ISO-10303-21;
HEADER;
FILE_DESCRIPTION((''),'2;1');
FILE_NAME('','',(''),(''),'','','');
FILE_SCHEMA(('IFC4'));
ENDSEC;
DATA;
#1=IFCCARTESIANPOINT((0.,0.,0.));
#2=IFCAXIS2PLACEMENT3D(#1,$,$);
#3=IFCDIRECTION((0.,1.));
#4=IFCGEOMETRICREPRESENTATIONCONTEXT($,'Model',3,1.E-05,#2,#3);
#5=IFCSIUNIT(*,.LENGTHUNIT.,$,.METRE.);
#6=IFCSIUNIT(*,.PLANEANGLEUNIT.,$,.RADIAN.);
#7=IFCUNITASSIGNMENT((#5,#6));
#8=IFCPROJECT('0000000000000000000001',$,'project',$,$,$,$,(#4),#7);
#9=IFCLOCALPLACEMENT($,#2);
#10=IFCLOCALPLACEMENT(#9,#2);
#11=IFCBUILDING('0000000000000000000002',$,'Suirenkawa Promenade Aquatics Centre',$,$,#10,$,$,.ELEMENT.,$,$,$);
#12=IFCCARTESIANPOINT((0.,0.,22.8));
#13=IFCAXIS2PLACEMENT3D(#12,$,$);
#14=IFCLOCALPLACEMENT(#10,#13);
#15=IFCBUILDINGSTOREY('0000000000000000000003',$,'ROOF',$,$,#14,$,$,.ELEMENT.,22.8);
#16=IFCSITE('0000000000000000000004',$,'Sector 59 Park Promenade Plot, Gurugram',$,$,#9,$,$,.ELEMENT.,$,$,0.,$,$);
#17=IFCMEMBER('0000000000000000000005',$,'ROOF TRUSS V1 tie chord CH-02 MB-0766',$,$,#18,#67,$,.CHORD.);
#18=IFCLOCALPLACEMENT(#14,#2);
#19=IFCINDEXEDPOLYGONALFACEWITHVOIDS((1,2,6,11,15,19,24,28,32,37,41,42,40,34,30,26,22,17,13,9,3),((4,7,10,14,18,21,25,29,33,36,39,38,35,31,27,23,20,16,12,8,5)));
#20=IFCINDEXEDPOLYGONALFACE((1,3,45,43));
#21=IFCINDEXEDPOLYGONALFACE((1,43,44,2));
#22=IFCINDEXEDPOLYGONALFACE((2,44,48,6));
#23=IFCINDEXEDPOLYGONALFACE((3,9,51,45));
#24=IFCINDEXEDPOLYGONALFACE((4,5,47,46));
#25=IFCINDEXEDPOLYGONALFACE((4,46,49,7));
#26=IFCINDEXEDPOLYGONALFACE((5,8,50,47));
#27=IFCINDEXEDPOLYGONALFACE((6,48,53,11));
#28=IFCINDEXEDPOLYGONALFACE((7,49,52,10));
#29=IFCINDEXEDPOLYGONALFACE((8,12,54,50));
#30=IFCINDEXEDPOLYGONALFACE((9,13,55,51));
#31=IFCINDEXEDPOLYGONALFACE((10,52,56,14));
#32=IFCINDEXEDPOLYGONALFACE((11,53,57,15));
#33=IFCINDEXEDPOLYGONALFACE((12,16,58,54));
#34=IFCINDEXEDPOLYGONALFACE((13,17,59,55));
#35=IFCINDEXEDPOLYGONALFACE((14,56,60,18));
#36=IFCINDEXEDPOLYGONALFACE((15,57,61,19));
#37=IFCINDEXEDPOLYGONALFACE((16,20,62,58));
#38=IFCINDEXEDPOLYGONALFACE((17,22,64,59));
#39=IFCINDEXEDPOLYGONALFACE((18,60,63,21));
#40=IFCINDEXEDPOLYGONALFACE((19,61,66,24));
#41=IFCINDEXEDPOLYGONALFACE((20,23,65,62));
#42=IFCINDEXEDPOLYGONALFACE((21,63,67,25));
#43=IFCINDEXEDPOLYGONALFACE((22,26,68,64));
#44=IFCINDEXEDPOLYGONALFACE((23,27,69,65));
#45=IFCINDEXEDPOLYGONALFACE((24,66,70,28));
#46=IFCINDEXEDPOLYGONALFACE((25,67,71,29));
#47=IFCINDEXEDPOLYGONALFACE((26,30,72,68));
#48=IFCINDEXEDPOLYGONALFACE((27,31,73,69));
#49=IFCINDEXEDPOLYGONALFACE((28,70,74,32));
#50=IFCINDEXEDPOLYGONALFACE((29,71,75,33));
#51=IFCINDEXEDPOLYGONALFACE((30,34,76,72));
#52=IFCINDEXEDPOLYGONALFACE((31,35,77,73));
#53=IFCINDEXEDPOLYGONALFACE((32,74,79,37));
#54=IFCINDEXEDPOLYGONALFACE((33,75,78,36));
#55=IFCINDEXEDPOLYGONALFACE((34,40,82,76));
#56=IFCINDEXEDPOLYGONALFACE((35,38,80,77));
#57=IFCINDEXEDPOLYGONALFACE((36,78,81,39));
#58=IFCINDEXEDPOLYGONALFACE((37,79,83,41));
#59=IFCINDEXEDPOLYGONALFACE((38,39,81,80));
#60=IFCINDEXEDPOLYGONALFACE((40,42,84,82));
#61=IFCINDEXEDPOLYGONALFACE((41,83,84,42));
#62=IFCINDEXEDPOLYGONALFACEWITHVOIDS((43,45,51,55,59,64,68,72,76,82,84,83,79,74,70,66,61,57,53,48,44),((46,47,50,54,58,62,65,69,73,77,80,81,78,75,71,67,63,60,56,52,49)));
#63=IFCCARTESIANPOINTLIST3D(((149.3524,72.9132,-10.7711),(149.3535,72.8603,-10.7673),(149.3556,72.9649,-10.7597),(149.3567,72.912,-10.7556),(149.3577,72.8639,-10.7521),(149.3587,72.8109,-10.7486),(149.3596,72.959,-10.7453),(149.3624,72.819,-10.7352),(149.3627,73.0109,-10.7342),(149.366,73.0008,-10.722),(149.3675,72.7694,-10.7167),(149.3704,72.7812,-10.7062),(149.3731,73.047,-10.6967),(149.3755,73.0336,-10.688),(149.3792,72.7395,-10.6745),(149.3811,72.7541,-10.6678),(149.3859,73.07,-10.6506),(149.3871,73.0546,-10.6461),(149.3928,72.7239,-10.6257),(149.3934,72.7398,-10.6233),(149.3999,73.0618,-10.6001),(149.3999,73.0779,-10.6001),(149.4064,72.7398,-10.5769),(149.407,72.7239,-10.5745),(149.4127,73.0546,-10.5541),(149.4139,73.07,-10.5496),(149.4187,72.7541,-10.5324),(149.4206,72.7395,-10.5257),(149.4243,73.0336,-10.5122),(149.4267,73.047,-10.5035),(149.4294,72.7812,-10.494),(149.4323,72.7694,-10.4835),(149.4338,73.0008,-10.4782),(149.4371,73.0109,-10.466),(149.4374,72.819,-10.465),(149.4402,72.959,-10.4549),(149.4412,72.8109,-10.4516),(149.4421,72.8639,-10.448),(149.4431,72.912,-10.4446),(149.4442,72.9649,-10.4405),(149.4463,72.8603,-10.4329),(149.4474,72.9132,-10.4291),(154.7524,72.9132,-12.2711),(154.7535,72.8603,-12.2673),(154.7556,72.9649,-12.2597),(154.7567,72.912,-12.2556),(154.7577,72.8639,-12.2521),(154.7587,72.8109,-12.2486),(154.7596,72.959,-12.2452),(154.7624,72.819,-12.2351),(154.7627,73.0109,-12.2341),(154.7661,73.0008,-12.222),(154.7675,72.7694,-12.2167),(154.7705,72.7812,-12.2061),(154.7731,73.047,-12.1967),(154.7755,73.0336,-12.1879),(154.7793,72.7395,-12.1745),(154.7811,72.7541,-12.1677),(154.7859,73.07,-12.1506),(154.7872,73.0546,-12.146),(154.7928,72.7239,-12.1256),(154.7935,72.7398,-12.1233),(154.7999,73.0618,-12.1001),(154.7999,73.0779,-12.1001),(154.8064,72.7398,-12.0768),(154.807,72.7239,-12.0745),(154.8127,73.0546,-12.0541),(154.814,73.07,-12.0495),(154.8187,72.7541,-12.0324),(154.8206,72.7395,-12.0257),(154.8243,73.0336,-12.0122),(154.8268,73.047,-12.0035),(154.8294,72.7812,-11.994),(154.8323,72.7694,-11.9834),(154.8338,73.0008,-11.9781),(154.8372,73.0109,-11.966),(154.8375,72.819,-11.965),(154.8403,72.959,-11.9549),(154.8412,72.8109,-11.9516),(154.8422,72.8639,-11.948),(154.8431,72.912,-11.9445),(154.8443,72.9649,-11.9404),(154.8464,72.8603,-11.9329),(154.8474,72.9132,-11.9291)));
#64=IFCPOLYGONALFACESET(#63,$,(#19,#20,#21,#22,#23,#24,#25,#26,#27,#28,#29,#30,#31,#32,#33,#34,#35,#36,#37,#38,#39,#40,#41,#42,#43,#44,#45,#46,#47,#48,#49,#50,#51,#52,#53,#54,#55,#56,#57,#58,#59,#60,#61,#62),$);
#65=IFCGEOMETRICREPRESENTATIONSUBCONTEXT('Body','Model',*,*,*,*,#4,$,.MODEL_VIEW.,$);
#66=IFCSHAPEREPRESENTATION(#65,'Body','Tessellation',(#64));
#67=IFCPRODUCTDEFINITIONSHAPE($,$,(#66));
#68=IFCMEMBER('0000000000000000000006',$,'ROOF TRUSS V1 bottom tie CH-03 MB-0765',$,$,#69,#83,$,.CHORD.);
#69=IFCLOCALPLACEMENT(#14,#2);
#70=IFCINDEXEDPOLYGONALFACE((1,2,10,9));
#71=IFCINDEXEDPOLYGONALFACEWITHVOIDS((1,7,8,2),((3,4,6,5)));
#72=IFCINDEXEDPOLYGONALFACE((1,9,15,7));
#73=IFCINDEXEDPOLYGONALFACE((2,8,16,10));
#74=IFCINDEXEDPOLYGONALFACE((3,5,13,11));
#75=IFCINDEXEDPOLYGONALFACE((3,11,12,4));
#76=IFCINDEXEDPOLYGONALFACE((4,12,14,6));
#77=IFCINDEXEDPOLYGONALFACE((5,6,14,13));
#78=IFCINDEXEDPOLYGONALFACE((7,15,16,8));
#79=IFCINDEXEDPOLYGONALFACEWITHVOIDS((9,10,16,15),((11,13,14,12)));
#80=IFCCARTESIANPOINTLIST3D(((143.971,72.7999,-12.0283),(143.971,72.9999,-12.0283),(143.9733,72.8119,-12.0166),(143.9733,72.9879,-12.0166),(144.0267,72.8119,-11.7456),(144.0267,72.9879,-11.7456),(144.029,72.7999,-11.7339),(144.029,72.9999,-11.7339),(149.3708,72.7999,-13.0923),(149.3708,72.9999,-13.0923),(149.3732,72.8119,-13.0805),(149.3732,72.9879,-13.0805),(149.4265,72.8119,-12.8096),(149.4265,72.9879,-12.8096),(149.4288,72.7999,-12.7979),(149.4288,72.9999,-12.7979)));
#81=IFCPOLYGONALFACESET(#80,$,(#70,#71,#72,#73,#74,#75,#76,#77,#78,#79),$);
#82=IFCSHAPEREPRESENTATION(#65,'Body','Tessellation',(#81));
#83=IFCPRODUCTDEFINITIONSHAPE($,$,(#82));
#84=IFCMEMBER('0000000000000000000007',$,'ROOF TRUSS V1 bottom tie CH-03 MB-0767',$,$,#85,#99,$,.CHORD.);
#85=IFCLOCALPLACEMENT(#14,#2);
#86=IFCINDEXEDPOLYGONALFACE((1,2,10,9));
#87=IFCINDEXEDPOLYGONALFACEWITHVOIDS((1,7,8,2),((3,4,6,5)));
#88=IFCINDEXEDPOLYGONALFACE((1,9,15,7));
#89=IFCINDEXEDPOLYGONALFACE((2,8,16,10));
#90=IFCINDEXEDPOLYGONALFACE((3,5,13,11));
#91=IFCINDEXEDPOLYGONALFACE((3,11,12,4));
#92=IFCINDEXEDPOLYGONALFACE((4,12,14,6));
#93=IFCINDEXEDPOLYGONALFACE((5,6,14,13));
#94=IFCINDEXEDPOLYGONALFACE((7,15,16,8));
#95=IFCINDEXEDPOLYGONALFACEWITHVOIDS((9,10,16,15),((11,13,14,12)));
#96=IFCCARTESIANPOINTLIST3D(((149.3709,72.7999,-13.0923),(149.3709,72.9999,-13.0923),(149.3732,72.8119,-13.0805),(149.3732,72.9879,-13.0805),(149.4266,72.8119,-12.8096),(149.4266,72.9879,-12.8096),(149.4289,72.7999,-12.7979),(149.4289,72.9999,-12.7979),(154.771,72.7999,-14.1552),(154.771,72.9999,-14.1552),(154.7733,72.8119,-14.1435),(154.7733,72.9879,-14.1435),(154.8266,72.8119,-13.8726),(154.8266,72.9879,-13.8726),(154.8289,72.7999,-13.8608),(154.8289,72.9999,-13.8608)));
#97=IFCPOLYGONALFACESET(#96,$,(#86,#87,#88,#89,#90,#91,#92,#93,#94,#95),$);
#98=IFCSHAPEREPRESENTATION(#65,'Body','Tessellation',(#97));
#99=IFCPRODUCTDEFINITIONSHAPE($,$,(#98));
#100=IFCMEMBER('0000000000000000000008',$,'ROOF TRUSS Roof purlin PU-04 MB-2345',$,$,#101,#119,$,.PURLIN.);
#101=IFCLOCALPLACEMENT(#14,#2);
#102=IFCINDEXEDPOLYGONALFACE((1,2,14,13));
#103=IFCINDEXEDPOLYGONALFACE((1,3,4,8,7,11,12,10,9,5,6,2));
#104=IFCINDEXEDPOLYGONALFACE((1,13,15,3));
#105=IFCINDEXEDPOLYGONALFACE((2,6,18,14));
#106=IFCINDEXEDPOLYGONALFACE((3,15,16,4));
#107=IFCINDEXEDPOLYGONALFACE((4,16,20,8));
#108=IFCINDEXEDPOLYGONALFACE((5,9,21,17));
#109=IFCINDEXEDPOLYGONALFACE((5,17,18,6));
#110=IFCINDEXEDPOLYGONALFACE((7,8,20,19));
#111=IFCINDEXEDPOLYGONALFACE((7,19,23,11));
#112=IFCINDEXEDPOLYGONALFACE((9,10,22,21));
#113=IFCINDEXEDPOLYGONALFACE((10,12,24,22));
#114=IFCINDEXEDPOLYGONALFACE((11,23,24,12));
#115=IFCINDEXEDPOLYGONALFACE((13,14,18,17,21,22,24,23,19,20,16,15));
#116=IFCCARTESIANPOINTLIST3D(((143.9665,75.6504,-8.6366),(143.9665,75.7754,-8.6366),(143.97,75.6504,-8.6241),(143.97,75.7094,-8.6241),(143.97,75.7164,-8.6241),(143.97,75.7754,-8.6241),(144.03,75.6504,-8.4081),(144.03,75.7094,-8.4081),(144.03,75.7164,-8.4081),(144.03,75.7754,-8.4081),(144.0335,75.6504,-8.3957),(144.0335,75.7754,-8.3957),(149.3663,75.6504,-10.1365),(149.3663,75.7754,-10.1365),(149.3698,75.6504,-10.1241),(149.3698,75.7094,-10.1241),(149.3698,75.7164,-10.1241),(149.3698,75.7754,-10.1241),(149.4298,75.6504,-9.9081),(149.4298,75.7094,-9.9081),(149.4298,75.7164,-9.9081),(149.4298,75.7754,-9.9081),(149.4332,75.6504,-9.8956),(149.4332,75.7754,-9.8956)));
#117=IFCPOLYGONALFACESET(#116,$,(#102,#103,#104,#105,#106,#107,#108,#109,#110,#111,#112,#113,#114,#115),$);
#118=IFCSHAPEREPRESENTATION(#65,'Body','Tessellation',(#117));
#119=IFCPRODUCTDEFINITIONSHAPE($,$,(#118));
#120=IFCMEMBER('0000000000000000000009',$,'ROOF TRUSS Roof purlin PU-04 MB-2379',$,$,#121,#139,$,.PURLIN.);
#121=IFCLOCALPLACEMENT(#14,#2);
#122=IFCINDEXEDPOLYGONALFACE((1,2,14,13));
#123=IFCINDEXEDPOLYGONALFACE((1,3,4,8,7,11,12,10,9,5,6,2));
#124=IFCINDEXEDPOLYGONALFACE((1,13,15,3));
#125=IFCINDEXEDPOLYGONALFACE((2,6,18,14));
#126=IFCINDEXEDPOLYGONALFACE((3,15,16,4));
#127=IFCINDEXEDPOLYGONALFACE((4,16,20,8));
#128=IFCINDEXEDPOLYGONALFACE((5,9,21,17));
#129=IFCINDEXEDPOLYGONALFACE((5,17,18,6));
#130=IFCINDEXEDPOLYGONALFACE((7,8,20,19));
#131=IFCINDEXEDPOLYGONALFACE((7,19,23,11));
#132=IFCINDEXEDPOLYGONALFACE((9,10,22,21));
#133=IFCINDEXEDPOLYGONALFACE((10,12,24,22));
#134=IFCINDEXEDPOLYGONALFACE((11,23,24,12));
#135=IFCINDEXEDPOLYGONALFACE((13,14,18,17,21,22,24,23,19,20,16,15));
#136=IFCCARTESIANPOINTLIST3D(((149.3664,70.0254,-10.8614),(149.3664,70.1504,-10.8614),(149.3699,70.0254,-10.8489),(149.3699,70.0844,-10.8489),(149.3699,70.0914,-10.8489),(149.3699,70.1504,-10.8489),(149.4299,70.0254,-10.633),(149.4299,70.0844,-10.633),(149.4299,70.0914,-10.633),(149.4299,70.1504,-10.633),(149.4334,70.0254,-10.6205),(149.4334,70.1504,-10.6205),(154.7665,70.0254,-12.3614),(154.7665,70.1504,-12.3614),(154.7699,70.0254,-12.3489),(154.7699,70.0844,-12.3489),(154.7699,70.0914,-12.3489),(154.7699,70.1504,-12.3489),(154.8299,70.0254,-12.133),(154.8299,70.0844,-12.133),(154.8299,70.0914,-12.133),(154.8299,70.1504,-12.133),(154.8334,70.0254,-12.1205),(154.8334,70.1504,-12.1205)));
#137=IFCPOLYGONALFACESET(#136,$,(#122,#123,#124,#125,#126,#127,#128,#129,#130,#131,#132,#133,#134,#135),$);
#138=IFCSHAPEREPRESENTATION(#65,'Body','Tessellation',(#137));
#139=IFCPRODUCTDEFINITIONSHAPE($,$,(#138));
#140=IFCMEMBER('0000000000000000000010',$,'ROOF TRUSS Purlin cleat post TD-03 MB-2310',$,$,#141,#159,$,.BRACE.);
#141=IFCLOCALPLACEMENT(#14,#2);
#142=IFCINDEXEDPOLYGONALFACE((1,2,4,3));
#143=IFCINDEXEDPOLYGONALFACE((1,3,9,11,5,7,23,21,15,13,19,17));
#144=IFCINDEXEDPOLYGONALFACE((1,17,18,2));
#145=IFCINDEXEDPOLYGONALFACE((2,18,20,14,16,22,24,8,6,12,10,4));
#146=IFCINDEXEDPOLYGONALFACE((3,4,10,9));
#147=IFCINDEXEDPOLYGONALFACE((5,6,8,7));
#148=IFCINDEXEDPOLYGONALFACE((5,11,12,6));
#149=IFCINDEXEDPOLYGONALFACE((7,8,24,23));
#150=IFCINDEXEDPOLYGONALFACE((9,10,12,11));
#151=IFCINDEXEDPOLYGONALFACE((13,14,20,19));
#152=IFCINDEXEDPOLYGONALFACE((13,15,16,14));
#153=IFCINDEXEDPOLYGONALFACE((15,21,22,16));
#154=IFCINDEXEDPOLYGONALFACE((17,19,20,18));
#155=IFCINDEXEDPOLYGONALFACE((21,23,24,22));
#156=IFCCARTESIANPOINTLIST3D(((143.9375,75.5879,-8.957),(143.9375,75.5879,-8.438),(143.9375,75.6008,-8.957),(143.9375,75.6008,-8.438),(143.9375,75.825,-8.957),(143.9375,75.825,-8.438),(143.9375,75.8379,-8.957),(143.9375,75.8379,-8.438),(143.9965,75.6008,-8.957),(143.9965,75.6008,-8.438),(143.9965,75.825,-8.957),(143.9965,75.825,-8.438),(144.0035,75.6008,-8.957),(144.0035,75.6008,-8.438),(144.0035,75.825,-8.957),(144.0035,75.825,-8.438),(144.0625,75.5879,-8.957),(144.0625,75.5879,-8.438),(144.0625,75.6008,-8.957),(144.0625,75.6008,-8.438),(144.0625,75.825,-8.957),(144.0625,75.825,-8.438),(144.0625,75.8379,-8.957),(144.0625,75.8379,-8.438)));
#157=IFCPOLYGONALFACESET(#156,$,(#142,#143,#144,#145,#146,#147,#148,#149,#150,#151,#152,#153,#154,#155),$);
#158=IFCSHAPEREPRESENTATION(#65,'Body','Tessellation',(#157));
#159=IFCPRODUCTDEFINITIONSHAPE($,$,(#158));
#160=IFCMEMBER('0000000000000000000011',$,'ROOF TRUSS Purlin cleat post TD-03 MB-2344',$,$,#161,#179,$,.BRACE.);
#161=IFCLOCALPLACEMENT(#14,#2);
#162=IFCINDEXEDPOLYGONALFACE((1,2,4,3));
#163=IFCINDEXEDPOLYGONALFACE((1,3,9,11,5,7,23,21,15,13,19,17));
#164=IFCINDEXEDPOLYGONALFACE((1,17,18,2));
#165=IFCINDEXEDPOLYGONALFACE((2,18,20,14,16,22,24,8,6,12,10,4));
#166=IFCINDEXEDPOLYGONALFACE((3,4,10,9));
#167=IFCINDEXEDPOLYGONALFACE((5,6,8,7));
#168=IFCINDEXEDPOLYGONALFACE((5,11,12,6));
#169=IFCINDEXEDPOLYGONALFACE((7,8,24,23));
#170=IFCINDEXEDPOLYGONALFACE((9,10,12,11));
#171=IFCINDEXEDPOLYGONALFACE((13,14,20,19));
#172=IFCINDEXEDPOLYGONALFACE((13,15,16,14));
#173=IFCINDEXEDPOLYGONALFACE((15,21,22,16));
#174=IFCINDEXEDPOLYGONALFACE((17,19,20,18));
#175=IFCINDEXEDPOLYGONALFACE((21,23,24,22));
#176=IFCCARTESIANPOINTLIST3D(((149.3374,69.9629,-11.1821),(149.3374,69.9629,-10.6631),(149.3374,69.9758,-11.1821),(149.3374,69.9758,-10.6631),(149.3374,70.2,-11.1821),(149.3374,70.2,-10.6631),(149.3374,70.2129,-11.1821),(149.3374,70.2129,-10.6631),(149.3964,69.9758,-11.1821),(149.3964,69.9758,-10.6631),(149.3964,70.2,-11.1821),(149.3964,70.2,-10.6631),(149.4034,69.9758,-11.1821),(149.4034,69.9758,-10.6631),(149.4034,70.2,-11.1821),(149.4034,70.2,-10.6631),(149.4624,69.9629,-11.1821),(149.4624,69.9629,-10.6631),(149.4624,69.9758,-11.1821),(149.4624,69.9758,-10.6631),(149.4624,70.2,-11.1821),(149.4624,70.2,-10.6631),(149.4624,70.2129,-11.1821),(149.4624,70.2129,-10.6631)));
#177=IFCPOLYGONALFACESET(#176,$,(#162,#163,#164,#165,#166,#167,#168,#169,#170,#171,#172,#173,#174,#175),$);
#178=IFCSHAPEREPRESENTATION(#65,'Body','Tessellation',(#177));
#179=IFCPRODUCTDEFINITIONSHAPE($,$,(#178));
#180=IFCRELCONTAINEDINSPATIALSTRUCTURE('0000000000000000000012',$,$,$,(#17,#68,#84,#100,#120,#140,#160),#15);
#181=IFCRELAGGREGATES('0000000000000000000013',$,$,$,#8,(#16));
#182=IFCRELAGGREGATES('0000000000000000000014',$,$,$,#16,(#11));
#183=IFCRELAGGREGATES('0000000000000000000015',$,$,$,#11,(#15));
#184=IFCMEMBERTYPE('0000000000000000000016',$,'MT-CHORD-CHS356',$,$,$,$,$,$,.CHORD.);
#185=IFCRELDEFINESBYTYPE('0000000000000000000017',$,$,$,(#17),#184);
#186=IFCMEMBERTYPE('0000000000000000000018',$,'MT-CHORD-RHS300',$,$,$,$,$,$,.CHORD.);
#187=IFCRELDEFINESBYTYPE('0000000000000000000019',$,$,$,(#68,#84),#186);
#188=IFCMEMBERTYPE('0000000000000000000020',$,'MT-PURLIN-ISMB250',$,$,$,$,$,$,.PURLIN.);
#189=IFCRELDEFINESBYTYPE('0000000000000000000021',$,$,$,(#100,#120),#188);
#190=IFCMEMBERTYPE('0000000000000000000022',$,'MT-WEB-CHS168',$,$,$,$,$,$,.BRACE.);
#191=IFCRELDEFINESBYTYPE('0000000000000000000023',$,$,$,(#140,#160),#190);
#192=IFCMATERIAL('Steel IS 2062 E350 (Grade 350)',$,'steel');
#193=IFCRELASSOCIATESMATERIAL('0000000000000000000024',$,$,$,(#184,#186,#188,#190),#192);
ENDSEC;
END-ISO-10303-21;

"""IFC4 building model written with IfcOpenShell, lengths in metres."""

from ifc_helpers import new_model, si_unit, direction, frame, origin, origin_2d, place, context, subcontext, project, spatial, hollow_rectangle, hollow_circle, i_section, extrude, material, material_profile, profile_set, type_object, element, save


model = new_model("IFC4")

# Units and contexts
model_context = context("Model", 3, precision=1e-05, world=origin(), true_north=direction((0.0, 1.0)))
body_context = subcontext(model_context, "Body", "Model", "MODEL_VIEW")
ifc_project = project(units=[si_unit("LENGTHUNIT", "METRE"), si_unit("PLANEANGLEUNIT", "RADIAN")], contexts=[model_context])

# Site, building, storey
site_placement = place(None, origin())
site = spatial("IfcSite", under=ifc_project, at=site_placement, Name="Sector 59 Park Promenade Plot, Gurugram", CompositionType="ELEMENT", RefElevation=0.0)
building_placement = place(site_placement, origin())
building = spatial("IfcBuilding", under=site, at=building_placement, Name="Suirenkawa Promenade Aquatics Centre", CompositionType="ELEMENT")
storey_placement = place(building_placement, frame((0.0, 0.0, 22.8)))
storey = spatial("IfcBuildingStorey", under=building, at=storey_placement, Name="ROOF", CompositionType="ELEMENT", Elevation=22.8)

# Shared definitions
ifc_material = material(Name="Steel IS 2062 E350 (Grade 350)", Category="steel")

# Members
ifc_material_profile_1 = material_profile(ifc_material, hollow_circle(Radius=0.178, WallThickness=0.0161, at=origin_2d()), Name="CHS 356x16", Category="steel")
ifc_profile_set_1 = profile_set([ifc_material_profile_1], Name="Steel IS 2062 E350 (Grade 350)")
member_type_1 = type_object("IfcMemberType", Name="MT-CHORD-CHS356", PredefinedType="CHORD", material=ifc_profile_set_1)
member_1_placement = place(storey_placement, frame((149.3999, 72.8999, -10.6001), z_axis=(0.96352, 0.0, -0.267637), x_axis=(0.0, 1.0, 0.0)))
element("IfcMember", 1, at=member_1_placement, inside=storey, type_object=member_type_1, Name="ROOF TRUSS V1 tie chord CH-02 MB-0766", PredefinedType="CHORD", context=body_context, shape_type="SweptSolid", body=[
    extrude(hollow_circle(Radius=0.178, WallThickness=0.0161, at=origin_2d()), origin(), (0.0, 0.0, 1.0), 5.6045),
])
ifc_material_profile_2 = material_profile(ifc_material, hollow_rectangle(XDim=0.2, YDim=0.3, WallThickness=0.012, at=origin_2d()), Name="RHS 300x200x12", Category="steel")
ifc_profile_set_2 = profile_set([ifc_material_profile_2], Name="Steel IS 2062 E350 (Grade 350)")
member_type_2 = type_object("IfcMemberType", Name="MT-CHORD-RHS300", PredefinedType="CHORD", material=ifc_profile_set_2)
for number, where, z_axis, x_axis, name in (
    (2, (144.0, 72.8999, -11.8811), (0.981136, 0.0, -0.193317), (0.0, 1.0, 0.0), "ROOF TRUSS V1 bottom tie CH-03 MB-0765"),
    (3, (149.3999, 72.8999, -12.9451), (0.981172, 0.0, -0.193138), (0.0, 1.0, 0.0), "ROOF TRUSS V1 bottom tie CH-03 MB-0767"),
):
    element("IfcMember", number, at=place(storey_placement, frame(where, z_axis=z_axis, x_axis=x_axis)), inside=storey, type_object=member_type_2, Name=name, PredefinedType="CHORD", context=body_context, shape_type="SweptSolid", body=[
        extrude(hollow_rectangle(XDim=0.2, YDim=0.3, WallThickness=0.012, at=origin_2d()), origin(), (0.0, 0.0, 1.0), 5.5037),
    ])
ifc_material_profile_3 = material_profile(ifc_material, i_section(OverallWidth=0.125, OverallDepth=0.25, WebThickness=0.0071, FlangeThickness=0.0129, at=origin_2d()), Name="ISMB 250", Category="steel")
ifc_profile_set_3 = profile_set([ifc_material_profile_3], Name="Steel IS 2062 E350 (Grade 350)")
member_type_3 = type_object("IfcMemberType", Name="MT-PURLIN-ISMB250", PredefinedType="PURLIN", material=ifc_profile_set_3)
member_2_placement = place(storey_placement, frame((144.0, 75.7129, -8.5161), z_axis=(0.963517, 0.0, -0.267648), x_axis=(0.0, 1.0, 0.0)))
element("IfcMember", 4, at=member_2_placement, inside=storey, type_object=member_type_3, Name="ROOF TRUSS Roof purlin PU-04 MB-2345", PredefinedType="PURLIN", context=body_context, shape_type="SweptSolid", body=[
    extrude(i_section(OverallWidth=0.125, OverallDepth=0.25, WebThickness=0.0071, FlangeThickness=0.0129, at=origin_2d()), origin(), (0.0, 0.0, 1.0), 5.6042),
])
member_3_placement = place(storey_placement, frame((149.3999, 70.0879, -10.741), z_axis=(0.96352, 0.0, -0.267637), x_axis=(0.0, 1.0, 0.0)))
element("IfcMember", 5, at=member_3_placement, inside=storey, type_object=member_type_3, Name="ROOF TRUSS Roof purlin PU-04 MB-2379", PredefinedType="PURLIN", context=body_context, shape_type="SweptSolid", body=[
    extrude(i_section(OverallWidth=0.125, OverallDepth=0.25, WebThickness=0.0071, FlangeThickness=0.0129, at=origin_2d()), origin(), (0.0, 0.0, 1.0), 5.6045),
])
ifc_material_profile_4 = material_profile(ifc_material, i_section(OverallWidth=0.125, OverallDepth=0.25, WebThickness=0.0071, FlangeThickness=0.0129, at=origin_2d()), Name="ISMB 250", Category="steel")
ifc_profile_set_4 = profile_set([ifc_material_profile_4], Name="Steel IS 2062 E350 (Grade 350)")
member_type_4 = type_object("IfcMemberType", Name="MT-WEB-CHS168", PredefinedType="BRACE", material=ifc_profile_set_4)
for number, where, z_axis, x_axis, name in (
    (6, (144.0, 75.7129, -8.957), (0.0, 0.0, 1.0), (1.0, 0.0, 0.0), "ROOF TRUSS Purlin cleat post TD-03 MB-2310"),
    (7, (149.3999, 70.0879, -11.1821), (0.0, 0.0, 1.0), (1.0, 0.0, 0.0), "ROOF TRUSS Purlin cleat post TD-03 MB-2344"),
):
    element("IfcMember", number, at=place(storey_placement, frame(where, z_axis=z_axis, x_axis=x_axis)), inside=storey, type_object=member_type_4, Name=name, PredefinedType="BRACE", context=body_context, shape_type="SweptSolid", body=[
        extrude(i_section(OverallWidth=0.125, OverallDepth=0.25, WebThickness=0.0071, FlangeThickness=0.0129, at=origin_2d()), origin(), (0.0, 0.0, 1.0), 0.519),
    ])

save(model, "model.ifc")
